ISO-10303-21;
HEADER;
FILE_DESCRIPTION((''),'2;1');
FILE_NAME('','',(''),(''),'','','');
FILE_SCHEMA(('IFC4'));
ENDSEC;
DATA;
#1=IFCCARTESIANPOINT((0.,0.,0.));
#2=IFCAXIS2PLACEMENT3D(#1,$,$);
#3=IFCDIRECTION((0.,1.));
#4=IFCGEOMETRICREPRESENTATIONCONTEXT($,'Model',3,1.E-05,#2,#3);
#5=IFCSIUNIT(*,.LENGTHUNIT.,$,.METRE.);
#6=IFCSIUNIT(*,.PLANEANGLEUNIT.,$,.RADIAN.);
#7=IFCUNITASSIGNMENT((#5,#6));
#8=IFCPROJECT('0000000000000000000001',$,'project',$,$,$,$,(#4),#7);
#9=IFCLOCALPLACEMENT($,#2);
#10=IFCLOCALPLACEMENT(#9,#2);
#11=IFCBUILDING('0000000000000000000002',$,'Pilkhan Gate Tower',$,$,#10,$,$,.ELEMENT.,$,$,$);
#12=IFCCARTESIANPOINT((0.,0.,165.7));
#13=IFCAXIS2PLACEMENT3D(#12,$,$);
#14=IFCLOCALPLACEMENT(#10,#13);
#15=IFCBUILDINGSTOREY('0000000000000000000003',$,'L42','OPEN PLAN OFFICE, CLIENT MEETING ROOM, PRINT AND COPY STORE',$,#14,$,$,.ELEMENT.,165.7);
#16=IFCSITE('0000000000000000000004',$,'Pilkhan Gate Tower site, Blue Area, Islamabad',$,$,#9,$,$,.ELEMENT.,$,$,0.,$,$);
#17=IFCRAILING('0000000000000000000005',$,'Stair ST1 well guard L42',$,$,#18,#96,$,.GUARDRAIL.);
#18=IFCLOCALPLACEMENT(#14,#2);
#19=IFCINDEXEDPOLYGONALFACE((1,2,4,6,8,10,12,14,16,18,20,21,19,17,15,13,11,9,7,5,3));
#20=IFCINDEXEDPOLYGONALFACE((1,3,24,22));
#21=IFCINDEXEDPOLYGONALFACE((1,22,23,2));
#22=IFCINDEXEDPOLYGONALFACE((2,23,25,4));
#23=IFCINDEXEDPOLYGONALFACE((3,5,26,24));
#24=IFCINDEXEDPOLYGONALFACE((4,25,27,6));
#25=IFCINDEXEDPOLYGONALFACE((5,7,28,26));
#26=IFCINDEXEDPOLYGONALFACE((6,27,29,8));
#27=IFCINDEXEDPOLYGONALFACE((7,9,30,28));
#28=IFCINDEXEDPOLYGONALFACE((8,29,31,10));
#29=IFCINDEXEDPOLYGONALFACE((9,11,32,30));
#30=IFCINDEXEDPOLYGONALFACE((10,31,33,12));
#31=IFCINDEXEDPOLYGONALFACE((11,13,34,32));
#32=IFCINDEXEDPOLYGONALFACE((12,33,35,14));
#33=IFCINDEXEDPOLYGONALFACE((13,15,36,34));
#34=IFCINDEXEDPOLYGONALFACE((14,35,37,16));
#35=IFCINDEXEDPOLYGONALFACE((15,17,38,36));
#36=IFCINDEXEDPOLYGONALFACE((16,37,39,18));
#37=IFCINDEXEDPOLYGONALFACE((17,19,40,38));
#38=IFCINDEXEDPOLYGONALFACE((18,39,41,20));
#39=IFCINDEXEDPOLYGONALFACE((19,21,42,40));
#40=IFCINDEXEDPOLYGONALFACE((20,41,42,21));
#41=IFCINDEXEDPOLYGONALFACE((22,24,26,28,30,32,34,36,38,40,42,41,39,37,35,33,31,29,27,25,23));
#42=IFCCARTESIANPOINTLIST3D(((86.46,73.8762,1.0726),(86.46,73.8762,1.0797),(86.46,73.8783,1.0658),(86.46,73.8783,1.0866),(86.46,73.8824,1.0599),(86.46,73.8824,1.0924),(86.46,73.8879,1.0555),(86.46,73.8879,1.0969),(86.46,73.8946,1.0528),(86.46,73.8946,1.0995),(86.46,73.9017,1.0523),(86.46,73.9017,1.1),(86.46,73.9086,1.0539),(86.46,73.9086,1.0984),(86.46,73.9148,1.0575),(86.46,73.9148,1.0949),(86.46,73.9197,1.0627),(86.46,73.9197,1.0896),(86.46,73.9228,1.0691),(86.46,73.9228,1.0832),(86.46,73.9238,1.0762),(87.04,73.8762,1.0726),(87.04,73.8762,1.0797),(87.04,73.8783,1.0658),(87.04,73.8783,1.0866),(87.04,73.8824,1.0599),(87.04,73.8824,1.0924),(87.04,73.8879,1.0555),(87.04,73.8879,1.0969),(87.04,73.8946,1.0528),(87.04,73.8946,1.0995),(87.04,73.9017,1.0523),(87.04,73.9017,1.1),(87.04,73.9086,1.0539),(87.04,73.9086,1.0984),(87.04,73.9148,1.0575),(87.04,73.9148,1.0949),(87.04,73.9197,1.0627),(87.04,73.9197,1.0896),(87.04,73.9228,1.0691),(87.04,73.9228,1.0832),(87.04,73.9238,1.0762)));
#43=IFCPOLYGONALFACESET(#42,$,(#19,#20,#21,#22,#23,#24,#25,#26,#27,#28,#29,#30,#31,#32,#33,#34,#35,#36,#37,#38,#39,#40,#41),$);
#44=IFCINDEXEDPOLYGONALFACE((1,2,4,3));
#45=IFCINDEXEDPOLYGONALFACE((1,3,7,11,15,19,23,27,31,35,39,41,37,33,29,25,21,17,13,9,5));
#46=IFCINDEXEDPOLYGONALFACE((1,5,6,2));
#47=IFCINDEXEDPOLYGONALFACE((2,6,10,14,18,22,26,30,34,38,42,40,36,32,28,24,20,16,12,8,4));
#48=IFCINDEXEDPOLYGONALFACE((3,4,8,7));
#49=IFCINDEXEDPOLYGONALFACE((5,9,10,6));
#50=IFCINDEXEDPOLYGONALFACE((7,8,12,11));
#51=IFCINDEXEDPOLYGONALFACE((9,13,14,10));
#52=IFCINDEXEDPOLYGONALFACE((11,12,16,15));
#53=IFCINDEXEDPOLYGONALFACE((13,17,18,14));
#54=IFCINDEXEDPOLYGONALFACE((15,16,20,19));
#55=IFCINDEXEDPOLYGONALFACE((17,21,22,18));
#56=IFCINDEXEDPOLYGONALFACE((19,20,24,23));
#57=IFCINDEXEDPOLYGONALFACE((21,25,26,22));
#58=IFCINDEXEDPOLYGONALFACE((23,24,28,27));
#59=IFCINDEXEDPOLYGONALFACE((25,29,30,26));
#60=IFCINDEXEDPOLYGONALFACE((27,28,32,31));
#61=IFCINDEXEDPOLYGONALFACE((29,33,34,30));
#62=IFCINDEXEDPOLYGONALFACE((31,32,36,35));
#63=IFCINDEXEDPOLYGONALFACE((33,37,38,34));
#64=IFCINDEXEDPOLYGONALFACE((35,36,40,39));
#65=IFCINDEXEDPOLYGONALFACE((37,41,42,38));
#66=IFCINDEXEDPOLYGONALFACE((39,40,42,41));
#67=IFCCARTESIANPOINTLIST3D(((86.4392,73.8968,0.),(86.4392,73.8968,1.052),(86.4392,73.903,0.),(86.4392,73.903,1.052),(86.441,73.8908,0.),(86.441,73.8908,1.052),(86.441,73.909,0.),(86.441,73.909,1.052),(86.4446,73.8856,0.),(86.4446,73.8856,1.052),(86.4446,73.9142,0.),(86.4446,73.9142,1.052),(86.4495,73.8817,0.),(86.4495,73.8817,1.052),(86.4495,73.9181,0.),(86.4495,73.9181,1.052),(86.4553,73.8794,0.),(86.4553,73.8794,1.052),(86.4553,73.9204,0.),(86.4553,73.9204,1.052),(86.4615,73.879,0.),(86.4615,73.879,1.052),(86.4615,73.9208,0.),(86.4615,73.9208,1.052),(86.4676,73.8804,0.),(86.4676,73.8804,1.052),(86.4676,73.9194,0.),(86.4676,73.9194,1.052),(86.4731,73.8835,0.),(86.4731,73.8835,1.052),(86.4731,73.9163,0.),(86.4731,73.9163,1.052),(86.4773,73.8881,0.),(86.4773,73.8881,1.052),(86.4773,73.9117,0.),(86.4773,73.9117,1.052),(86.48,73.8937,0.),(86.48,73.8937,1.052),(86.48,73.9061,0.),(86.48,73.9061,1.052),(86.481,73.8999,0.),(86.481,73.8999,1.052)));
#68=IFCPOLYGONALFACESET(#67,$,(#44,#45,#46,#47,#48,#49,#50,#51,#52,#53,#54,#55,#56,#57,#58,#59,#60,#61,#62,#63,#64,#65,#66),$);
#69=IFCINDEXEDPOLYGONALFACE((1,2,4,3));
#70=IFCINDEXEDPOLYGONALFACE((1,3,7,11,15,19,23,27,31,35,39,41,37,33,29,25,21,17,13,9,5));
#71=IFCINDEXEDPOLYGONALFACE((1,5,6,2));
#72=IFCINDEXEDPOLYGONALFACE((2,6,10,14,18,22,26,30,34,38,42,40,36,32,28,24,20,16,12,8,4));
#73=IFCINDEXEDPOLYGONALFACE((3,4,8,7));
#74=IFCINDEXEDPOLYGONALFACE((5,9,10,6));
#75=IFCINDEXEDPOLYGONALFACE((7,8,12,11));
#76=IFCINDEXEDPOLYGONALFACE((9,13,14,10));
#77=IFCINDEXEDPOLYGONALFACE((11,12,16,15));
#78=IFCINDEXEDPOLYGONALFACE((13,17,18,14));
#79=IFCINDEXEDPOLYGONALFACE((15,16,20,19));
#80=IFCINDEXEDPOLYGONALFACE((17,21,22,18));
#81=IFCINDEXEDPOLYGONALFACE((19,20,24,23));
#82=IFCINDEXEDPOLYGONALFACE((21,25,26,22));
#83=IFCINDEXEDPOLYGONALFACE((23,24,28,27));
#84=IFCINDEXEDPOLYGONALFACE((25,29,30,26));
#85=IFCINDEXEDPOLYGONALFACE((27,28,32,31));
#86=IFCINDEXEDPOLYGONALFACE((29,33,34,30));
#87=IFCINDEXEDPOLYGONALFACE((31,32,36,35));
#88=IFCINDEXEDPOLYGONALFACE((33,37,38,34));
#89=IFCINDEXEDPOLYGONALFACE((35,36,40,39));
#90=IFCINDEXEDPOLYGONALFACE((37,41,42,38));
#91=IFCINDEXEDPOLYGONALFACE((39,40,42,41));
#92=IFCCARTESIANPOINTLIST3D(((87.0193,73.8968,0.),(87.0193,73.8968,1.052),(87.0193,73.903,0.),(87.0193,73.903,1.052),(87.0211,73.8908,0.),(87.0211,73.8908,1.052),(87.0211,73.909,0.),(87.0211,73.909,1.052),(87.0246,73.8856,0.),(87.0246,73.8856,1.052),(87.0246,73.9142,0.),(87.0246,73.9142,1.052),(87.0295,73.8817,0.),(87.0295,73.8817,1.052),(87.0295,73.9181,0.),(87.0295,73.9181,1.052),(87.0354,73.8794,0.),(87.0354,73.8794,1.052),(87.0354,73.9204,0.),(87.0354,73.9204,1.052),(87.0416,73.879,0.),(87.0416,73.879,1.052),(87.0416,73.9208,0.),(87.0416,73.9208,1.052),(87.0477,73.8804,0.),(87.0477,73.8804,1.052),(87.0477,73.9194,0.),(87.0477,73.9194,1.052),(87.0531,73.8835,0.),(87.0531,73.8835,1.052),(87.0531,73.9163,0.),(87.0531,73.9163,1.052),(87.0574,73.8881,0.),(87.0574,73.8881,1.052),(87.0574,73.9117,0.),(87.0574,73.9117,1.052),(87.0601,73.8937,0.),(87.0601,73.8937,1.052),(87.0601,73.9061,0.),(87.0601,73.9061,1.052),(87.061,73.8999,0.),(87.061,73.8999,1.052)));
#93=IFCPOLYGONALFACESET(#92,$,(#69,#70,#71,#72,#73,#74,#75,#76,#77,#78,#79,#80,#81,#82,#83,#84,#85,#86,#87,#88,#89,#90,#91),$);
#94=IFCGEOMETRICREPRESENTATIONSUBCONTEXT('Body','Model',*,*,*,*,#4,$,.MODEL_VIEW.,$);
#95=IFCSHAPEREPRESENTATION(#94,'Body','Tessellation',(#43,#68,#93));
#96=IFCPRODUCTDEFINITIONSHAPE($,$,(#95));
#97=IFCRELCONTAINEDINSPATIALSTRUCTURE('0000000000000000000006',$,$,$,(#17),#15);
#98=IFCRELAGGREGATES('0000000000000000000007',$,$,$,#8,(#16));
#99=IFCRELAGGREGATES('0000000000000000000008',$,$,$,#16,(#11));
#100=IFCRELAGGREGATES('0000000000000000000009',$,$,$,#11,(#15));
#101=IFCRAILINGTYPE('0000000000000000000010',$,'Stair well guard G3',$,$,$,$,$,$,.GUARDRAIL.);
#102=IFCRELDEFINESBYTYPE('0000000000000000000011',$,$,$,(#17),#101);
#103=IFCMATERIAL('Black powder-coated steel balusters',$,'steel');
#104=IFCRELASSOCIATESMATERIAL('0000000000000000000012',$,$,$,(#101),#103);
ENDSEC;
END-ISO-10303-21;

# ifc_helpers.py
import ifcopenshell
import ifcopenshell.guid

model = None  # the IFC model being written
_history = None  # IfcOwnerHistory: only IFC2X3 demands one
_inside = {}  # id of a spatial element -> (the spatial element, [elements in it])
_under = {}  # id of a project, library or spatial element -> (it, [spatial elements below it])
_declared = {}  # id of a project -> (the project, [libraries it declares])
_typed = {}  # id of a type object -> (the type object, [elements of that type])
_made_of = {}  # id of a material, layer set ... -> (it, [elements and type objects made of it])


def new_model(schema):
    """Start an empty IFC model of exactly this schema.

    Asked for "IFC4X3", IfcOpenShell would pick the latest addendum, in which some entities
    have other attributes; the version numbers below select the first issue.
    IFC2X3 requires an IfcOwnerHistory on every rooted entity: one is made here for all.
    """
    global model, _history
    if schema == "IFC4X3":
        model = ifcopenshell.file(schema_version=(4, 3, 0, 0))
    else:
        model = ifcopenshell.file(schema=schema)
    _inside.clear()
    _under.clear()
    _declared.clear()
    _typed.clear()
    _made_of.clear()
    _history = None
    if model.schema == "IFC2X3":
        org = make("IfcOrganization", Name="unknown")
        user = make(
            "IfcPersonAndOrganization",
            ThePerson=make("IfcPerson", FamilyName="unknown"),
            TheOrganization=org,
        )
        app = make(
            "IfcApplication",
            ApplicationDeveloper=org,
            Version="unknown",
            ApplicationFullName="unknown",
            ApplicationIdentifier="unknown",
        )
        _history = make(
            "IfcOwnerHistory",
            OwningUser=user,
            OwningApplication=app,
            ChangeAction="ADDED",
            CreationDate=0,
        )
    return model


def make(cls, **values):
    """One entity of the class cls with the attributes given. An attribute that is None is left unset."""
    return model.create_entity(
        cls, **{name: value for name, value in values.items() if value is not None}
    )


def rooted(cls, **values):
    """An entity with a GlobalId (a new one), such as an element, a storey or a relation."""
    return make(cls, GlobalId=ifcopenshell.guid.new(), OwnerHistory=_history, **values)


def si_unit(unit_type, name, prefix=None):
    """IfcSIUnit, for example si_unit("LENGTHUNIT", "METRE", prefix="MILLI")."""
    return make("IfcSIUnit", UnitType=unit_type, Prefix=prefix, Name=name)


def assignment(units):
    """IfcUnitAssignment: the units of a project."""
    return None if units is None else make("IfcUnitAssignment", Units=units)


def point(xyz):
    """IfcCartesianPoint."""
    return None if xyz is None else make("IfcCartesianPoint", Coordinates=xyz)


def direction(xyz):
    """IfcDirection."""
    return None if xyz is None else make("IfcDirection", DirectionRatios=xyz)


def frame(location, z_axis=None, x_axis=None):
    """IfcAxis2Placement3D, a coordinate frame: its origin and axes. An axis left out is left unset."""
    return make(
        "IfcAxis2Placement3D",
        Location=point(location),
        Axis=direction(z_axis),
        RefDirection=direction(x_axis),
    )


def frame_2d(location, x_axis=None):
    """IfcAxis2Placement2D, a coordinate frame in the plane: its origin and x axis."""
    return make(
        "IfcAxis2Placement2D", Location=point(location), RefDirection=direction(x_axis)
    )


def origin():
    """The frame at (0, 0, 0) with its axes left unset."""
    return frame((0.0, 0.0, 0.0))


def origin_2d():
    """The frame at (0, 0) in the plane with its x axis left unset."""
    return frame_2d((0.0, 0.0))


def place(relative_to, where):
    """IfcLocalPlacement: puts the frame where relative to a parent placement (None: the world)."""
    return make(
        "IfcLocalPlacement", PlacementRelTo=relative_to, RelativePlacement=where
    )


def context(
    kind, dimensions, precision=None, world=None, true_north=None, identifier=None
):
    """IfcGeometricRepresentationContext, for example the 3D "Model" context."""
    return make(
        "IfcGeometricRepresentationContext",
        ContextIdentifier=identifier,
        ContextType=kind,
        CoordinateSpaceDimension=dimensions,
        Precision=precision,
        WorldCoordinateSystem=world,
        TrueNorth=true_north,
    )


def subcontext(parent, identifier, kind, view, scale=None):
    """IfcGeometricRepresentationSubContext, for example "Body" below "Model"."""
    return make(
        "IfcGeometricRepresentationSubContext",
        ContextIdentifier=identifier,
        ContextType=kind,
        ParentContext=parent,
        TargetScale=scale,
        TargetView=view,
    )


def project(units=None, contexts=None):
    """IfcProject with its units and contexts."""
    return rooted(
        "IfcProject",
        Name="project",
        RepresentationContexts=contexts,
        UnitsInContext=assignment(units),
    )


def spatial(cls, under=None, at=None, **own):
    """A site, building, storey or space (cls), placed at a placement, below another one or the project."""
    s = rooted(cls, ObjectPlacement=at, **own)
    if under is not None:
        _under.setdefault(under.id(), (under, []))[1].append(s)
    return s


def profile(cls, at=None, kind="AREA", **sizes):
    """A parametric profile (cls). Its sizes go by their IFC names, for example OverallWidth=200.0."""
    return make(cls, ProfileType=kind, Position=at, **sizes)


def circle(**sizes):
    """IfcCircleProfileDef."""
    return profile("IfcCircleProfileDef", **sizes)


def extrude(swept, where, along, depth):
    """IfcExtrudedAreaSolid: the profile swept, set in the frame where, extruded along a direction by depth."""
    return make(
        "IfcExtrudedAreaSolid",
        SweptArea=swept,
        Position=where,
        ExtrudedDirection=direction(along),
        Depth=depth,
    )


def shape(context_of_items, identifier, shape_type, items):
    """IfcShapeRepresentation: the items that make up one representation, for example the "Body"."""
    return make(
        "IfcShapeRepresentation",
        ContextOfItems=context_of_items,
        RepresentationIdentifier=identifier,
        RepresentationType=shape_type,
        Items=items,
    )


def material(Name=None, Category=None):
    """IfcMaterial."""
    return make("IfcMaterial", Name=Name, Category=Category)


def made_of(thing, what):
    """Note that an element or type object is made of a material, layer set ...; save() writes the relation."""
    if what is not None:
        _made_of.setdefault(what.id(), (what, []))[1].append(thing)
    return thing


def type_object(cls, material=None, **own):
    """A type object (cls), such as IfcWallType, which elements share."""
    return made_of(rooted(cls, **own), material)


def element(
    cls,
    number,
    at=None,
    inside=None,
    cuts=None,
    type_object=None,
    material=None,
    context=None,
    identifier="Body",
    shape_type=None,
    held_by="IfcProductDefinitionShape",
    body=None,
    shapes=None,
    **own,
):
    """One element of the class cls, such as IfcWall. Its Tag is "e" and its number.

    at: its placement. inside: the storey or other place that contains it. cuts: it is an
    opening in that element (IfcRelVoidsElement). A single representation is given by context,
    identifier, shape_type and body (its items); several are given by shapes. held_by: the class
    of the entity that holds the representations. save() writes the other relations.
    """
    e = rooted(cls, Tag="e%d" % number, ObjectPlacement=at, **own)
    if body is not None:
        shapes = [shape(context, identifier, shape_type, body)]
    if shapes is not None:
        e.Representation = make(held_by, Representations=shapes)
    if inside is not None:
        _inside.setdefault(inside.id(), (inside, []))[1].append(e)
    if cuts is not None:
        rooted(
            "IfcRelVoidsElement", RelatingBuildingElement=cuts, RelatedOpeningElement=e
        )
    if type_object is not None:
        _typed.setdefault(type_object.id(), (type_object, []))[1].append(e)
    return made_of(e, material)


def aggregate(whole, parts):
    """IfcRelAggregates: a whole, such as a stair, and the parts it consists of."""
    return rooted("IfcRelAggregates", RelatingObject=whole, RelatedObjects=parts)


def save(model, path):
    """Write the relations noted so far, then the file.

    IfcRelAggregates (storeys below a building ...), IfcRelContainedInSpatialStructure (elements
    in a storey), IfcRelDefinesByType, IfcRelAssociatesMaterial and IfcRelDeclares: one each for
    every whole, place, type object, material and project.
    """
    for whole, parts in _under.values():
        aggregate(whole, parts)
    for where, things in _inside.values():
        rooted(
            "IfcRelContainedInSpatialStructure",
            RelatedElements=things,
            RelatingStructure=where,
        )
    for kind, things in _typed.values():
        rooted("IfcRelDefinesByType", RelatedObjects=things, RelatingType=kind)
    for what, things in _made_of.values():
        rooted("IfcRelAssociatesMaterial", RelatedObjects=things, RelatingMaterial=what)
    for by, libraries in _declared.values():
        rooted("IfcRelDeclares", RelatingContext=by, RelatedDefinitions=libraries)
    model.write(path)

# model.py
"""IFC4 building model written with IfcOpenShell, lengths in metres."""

from ifc_helpers import new_model, si_unit, direction, frame, origin, origin_2d, place, context, subcontext, project, spatial, circle, extrude, material, type_object, element, save


model = new_model("IFC4")

# Units and contexts
model_context = context("Model", 3, precision=1e-05, world=origin(), true_north=direction((0.0, 1.0)))
body_context = subcontext(model_context, "Body", "Model", "MODEL_VIEW")
ifc_project = project(units=[si_unit("LENGTHUNIT", "METRE"), si_unit("PLANEANGLEUNIT", "RADIAN")], contexts=[model_context])

# Site, building, storey
site_placement = place(None, origin())
site = spatial("IfcSite", under=ifc_project, at=site_placement, Name="Pilkhan Gate Tower site, Blue Area, Islamabad", CompositionType="ELEMENT", RefElevation=0.0)
building_placement = place(site_placement, origin())
building = spatial("IfcBuilding", under=site, at=building_placement, Name="Pilkhan Gate Tower", CompositionType="ELEMENT")
storey_placement = place(building_placement, frame((0.0, 0.0, 165.7)))
storey = spatial("IfcBuildingStorey", under=building, at=storey_placement, Name="L42", Description="OPEN PLAN OFFICE, CLIENT MEETING ROOM, PRINT AND COPY STORE", CompositionType="ELEMENT", Elevation=165.7)

# Railing
ifc_material_1 = material(Name="Black powder-coated steel balusters", Category="steel")
railing_type_1 = type_object("IfcRailingType", Name="Stair well guard G3", PredefinedType="GUARDRAIL", material=ifc_material_1)
railing_1_placement = place(storey_placement, frame((86.46, 73.8999, 0.0)))
element("IfcRailing", 1, at=railing_1_placement, inside=storey, type_object=railing_type_1, Name="Stair ST1 well guard L42", PredefinedType="GUARDRAIL", context=body_context, shape_type="SweptSolid", body=[
    extrude(circle(Radius=0.0239, at=origin_2d()), frame((0.0, 0.0, 1.0762), z_axis=(1.0, 0.0, 0.0), x_axis=(0.0, 1.0, 0.0)), (0.0, 0.0, 1.0), 0.5801),
    extrude(circle(Radius=0.021, at=origin_2d()), origin(), (0.0, 0.0, 1.0), 1.052),
    extrude(circle(Radius=0.021, at=origin_2d()), frame((0.5801, 0.0, 0.0)), (0.0, 0.0, 1.0), 1.052),
])

save(model, "model.ifc")
